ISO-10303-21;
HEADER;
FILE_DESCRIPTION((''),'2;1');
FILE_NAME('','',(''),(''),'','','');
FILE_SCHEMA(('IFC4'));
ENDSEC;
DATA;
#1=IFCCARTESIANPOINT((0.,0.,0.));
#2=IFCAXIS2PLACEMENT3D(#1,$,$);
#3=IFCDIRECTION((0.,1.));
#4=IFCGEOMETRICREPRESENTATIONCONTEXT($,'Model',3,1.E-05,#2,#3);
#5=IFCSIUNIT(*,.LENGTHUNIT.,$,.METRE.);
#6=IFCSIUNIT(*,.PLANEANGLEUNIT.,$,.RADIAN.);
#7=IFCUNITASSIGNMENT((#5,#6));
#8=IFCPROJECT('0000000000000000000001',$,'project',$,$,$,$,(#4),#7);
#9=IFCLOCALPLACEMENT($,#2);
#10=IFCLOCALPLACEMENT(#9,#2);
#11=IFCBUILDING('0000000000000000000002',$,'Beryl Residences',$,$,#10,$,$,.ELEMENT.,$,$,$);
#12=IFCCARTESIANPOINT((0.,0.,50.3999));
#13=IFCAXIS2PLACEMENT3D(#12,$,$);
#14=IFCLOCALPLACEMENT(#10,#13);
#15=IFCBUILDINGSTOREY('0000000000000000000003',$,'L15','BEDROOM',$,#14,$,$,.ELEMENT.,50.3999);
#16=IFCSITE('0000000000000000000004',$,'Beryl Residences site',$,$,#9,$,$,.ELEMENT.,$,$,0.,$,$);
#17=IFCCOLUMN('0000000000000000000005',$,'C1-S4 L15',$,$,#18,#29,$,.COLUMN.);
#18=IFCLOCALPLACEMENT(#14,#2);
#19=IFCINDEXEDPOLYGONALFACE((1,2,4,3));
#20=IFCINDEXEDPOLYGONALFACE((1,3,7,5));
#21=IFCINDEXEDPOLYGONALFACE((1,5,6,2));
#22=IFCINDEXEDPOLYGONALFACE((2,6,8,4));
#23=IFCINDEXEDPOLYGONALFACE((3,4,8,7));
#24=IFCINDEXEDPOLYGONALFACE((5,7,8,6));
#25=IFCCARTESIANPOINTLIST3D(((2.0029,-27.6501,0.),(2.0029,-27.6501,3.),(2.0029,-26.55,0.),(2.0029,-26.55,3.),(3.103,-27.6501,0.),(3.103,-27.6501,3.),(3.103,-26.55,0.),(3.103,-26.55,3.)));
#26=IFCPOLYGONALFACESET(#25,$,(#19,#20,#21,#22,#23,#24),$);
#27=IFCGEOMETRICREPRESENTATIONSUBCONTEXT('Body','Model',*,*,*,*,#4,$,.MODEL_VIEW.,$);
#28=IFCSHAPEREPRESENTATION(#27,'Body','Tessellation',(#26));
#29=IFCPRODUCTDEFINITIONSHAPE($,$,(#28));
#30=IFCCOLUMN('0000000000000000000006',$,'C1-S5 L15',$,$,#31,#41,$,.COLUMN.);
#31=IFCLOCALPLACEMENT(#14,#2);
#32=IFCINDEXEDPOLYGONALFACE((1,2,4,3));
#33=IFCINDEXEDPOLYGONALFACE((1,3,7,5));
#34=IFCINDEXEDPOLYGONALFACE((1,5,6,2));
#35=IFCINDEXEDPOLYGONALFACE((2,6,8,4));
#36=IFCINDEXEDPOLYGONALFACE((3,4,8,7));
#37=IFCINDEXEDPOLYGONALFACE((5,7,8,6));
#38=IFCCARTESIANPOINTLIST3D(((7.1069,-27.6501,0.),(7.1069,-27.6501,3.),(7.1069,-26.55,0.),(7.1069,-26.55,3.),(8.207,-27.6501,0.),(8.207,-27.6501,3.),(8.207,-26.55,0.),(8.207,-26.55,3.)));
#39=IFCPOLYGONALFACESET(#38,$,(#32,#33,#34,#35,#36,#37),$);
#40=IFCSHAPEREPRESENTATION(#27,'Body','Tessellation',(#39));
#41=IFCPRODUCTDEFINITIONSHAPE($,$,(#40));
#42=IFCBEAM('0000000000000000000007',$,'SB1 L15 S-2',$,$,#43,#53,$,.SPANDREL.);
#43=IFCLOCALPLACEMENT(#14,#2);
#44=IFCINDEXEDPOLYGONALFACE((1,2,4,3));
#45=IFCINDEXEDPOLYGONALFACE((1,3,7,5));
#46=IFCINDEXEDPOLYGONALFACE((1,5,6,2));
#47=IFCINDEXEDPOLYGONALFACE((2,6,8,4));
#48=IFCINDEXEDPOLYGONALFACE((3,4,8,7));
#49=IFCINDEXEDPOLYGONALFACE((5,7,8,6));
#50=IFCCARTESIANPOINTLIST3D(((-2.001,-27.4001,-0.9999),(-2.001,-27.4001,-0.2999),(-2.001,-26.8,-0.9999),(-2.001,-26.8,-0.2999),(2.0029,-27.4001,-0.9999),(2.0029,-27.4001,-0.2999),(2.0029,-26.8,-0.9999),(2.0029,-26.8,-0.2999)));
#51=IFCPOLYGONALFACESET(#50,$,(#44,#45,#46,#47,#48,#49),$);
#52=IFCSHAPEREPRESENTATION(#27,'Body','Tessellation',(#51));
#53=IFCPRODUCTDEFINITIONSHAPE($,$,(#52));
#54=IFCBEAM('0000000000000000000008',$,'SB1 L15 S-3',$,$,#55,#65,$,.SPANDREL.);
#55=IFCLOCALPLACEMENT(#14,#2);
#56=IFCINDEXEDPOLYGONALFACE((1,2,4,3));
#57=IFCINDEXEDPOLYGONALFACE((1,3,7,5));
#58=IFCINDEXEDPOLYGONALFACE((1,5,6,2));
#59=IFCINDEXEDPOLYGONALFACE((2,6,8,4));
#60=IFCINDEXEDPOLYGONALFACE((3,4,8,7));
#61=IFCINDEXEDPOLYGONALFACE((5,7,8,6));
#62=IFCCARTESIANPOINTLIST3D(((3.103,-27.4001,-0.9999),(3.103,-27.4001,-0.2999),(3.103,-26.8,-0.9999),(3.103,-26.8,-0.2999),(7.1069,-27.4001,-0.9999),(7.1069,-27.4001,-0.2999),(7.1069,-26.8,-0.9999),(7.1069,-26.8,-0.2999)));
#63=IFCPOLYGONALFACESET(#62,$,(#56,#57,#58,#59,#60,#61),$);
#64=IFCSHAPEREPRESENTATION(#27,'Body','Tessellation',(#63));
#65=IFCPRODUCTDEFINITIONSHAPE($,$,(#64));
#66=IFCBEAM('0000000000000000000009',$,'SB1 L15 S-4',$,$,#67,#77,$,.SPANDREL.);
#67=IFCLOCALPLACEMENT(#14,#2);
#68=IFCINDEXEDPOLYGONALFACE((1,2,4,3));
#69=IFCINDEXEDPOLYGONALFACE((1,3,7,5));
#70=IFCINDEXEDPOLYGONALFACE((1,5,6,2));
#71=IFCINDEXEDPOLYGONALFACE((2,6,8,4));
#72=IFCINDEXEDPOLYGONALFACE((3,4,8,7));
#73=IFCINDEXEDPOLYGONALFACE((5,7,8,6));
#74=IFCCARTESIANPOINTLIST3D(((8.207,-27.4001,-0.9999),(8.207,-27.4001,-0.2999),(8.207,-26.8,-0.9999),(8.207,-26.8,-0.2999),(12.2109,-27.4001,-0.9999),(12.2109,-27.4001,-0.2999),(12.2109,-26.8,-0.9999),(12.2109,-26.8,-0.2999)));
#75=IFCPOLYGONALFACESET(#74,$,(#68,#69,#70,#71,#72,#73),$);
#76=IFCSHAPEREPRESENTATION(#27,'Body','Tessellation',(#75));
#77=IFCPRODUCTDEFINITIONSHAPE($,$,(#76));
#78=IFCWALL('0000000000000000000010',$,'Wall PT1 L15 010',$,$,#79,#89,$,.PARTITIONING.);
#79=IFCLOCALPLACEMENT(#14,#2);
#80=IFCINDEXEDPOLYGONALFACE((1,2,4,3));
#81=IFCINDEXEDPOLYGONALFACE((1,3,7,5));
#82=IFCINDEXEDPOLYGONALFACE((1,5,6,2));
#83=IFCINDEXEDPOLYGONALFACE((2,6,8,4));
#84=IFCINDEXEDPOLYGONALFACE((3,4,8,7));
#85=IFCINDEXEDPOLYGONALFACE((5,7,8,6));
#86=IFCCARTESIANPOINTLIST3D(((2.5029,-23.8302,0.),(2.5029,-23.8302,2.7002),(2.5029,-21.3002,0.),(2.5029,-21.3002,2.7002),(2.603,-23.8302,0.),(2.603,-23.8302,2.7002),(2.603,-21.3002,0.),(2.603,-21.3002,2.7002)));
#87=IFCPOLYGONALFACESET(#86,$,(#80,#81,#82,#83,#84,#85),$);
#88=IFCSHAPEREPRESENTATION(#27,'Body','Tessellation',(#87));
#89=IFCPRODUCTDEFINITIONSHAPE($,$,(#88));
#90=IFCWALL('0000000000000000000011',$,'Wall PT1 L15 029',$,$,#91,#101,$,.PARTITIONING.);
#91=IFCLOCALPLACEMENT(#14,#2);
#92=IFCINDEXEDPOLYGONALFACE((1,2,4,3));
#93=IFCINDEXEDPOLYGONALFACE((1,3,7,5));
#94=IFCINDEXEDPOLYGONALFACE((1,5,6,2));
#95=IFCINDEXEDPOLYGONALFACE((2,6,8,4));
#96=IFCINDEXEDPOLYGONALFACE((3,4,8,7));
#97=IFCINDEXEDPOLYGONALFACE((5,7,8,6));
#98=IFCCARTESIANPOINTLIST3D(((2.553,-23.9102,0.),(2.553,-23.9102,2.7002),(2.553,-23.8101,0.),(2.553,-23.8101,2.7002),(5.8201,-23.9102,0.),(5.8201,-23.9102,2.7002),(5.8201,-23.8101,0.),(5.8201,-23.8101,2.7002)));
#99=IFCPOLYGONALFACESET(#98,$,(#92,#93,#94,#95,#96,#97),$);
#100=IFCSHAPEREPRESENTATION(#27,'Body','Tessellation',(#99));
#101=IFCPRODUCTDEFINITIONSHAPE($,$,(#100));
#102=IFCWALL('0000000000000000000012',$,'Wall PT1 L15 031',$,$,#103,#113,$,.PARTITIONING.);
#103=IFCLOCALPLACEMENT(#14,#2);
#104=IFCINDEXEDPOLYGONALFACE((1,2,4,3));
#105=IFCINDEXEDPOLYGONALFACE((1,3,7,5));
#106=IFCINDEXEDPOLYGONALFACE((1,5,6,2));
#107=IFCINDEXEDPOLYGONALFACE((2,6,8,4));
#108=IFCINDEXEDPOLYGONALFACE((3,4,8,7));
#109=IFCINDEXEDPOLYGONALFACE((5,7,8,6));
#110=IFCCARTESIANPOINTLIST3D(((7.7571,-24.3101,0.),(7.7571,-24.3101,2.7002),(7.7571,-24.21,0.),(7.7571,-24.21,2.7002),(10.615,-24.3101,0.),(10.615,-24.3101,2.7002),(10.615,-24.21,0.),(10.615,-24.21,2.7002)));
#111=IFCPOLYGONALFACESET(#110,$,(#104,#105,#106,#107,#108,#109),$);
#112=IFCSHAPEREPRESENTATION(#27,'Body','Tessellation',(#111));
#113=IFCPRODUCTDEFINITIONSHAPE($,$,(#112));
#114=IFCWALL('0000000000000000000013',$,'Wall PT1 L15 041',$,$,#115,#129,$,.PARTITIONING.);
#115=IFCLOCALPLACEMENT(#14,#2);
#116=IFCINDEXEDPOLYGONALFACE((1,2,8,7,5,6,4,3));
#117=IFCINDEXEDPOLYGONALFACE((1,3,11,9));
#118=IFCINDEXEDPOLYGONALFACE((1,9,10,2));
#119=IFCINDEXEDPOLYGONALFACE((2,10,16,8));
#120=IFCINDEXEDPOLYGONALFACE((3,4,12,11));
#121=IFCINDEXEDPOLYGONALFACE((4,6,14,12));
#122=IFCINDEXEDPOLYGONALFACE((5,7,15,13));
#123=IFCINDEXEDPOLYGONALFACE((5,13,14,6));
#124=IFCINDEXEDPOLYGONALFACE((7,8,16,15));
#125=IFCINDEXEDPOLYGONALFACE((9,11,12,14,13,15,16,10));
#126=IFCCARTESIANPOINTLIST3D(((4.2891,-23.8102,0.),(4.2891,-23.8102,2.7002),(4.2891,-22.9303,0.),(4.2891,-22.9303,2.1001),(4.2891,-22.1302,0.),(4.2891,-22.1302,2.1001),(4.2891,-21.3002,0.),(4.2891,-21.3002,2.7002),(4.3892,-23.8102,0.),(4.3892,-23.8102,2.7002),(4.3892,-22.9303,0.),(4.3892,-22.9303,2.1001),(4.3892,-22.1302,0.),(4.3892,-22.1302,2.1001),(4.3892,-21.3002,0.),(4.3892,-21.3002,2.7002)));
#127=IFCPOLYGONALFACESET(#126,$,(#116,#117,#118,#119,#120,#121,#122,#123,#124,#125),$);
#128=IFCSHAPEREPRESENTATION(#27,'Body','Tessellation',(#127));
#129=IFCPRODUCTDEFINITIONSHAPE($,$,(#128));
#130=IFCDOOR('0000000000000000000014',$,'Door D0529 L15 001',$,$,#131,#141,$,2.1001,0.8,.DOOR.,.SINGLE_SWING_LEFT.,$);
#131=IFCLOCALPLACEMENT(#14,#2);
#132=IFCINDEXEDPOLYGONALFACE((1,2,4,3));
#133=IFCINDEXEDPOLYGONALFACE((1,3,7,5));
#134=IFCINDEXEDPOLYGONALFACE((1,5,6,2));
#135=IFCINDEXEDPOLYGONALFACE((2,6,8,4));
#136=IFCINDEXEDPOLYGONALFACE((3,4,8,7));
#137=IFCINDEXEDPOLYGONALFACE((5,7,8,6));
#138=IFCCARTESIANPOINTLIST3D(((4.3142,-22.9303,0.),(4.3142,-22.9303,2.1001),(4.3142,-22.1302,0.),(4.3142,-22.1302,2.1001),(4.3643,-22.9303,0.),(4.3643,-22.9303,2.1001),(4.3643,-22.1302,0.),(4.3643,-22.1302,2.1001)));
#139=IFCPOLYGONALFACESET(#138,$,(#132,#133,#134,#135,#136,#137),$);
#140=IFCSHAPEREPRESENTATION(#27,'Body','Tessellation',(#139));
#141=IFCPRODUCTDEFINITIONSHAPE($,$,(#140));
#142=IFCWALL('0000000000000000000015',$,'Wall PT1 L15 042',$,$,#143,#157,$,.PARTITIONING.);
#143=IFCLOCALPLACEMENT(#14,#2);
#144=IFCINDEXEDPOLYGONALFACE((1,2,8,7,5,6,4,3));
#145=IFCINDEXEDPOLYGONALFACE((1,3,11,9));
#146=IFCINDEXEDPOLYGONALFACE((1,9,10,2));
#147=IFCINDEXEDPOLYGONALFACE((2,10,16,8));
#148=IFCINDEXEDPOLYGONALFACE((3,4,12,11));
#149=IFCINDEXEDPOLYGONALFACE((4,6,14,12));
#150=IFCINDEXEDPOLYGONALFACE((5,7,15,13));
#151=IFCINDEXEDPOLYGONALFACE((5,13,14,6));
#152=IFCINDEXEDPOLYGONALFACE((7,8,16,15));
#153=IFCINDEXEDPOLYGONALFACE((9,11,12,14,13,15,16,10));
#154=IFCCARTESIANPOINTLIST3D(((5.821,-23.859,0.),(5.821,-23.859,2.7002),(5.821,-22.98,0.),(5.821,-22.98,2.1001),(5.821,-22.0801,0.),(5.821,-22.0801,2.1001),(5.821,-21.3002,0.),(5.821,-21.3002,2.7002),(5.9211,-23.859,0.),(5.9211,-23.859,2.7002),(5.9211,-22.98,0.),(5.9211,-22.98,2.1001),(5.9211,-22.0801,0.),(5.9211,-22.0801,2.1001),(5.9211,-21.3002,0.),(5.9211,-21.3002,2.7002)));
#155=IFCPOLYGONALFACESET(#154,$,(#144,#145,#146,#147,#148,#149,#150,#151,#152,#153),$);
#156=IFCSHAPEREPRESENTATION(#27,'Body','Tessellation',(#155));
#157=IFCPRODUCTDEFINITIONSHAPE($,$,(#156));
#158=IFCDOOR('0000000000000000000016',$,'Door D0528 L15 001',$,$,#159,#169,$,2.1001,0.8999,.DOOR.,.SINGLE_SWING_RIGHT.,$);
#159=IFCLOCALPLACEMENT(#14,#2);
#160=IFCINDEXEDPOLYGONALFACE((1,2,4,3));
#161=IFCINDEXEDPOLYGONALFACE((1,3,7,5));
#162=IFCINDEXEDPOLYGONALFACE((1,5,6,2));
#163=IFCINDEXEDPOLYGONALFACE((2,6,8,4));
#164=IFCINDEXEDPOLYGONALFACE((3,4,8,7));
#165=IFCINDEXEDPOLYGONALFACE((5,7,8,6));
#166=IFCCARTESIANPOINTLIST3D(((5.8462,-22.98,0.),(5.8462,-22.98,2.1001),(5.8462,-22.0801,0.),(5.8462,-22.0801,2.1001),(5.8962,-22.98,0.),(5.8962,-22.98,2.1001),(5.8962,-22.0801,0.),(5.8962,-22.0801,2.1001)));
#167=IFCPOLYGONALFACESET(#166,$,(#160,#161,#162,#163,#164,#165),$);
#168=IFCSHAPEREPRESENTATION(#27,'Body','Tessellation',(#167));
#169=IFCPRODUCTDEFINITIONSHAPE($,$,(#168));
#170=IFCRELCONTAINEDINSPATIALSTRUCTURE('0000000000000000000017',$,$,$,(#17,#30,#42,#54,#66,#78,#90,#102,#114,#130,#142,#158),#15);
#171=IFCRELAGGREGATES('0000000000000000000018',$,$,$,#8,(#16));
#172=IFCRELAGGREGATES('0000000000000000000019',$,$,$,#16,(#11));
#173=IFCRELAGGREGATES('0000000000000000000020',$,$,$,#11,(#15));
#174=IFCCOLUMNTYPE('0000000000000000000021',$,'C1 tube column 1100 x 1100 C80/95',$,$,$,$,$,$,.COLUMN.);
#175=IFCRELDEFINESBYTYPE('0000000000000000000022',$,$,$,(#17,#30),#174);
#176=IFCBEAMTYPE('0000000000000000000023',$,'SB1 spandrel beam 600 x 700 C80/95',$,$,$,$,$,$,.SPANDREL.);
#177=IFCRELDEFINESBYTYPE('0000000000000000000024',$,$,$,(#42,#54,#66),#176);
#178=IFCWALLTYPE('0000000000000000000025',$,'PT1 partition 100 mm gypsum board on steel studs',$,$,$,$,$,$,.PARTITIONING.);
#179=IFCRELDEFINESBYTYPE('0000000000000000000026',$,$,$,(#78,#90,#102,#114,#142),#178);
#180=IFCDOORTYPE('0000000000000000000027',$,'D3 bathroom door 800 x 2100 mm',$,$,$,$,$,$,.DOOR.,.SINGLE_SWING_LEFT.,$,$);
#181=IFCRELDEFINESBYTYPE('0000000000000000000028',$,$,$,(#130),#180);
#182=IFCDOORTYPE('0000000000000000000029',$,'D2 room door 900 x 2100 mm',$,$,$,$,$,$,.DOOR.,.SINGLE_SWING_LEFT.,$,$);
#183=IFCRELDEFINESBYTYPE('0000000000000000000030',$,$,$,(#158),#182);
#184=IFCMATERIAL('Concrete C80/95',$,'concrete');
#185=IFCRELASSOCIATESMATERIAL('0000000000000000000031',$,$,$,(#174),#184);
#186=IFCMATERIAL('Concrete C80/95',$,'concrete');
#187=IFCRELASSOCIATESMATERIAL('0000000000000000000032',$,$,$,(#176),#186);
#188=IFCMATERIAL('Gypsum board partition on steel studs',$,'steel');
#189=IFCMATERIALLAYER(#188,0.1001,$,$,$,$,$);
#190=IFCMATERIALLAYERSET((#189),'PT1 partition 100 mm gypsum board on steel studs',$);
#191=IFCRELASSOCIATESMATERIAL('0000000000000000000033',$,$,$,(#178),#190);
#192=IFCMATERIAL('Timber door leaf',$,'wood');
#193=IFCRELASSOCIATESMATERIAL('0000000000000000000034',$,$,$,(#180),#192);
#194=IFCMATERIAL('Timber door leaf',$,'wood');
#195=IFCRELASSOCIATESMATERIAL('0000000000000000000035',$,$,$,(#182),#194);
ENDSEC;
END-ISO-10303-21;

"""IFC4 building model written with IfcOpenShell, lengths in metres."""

from ifc_helpers import new_model, si_unit, direction, frame, frame_2d, origin, origin_2d, place, context, subcontext, project, spatial, rectangle, extrude, material, layer, layer_set, material_profile, profile_set, type_object, element, fill, save


model = new_model("IFC4")

# Units and contexts
model_context = context("Model", 3, precision=1e-05, world=origin(), true_north=direction((0.0, 1.0)))
body_context = subcontext(model_context, "Body", "Model", "MODEL_VIEW")
ifc_project = project(units=[si_unit("LENGTHUNIT", "METRE"), si_unit("PLANEANGLEUNIT", "RADIAN")], contexts=[model_context])

# Site, building, storey
site_placement = place(None, origin())
site = spatial("IfcSite", under=ifc_project, at=site_placement, Name="Beryl Residences site", CompositionType="ELEMENT", RefElevation=0.0)
building_placement = place(site_placement, origin())
building = spatial("IfcBuilding", under=site, at=building_placement, Name="Beryl Residences", CompositionType="ELEMENT")
storey_placement = place(building_placement, frame((0.0, 0.0, 50.3999)))
storey = spatial("IfcBuildingStorey", under=building, at=storey_placement, Name="L15", Description="BEDROOM", CompositionType="ELEMENT", Elevation=50.3999)

# Columns
ifc_material_1 = material(Name="Concrete C80/95", Category="concrete")
ifc_material_profile_1 = material_profile(ifc_material_1, rectangle(XDim=1.1001, YDim=1.1001, at=origin_2d()))
ifc_profile_set_1 = profile_set([ifc_material_profile_1], Name="Concrete C80/95")
column_type = type_object("IfcColumnType", Name="C1 tube column 1100 x 1100 C80/95", PredefinedType="COLUMN", material=ifc_profile_set_1)
for number, where, z_axis, x_axis, name in (
    (1, (2.553, -27.1001, 0.0), (0.0, 0.0, 1.0), (1.0, 0.0, 0.0), "C1-S4 L15"),
    (2, (7.657, -27.1001, 0.0), (0.0, 0.0, 1.0), (1.0, 0.0, 0.0), "C1-S5 L15"),
):
    element("IfcColumn", number, at=place(storey_placement, frame(where, z_axis=z_axis, x_axis=x_axis)), inside=storey, type_object=column_type, Name=name, PredefinedType="COLUMN", context=body_context, shape_type="SweptSolid", body=[
        extrude(rectangle(XDim=1.1001, YDim=1.1001, at=origin_2d()), origin(), (0.0, 0.0, 1.0), 3.0),
    ])

# Beams
ifc_material_2 = material(Name="Concrete C80/95", Category="concrete")
ifc_material_profile_2 = material_profile(ifc_material_2, rectangle(XDim=0.6001, YDim=0.7, at=origin_2d()))
ifc_profile_set_2 = profile_set([ifc_material_profile_2], Name="Concrete C80/95")
beam_type = type_object("IfcBeamType", Name="SB1 spandrel beam 600 x 700 C80/95", PredefinedType="SPANDREL", material=ifc_profile_set_2)
for number, where, z_axis, x_axis, name in (
    (3, (-2.001, -27.1001, -0.6499), (1.0, 0.0, 0.0), (0.0, 1.0, 0.0), "SB1 L15 S-2"),
    (4, (3.103, -27.1001, -0.6499), (1.0, 0.0, 0.0), (0.0, 1.0, 0.0), "SB1 L15 S-3"),
    (5, (8.207, -27.1001, -0.6499), (1.0, 0.0, 0.0), (0.0, 1.0, 0.0), "SB1 L15 S-4"),
):
    element("IfcBeam", number, at=place(storey_placement, frame(where, z_axis=z_axis, x_axis=x_axis)), inside=storey, type_object=beam_type, Name=name, PredefinedType="SPANDREL", context=body_context, shape_type="SweptSolid", body=[
        extrude(rectangle(XDim=0.6001, YDim=0.7, at=origin_2d()), origin(), (0.0, 0.0, 1.0), 4.0039),
    ])

# Walls
ifc_material_3 = material(Name="Gypsum board partition on steel studs", Category="steel")
ifc_layer_1 = layer(ifc_material_3, 0.1001)
ifc_layer_set_1 = layer_set([ifc_layer_1], Name="PT1 partition 100 mm gypsum board on steel studs")
wall_type_1 = type_object("IfcWallType", Name="PT1 partition 100 mm gypsum board on steel studs", PredefinedType="PARTITIONING", material=ifc_layer_set_1)
wall_1_placement = place(storey_placement, frame((2.553, -21.3, 0.0), z_axis=(0.0, 0.0, 1.0), x_axis=(0.0, -1.0, 0.0)))
element("IfcWall", 6, at=wall_1_placement, inside=storey, type_object=wall_type_1, Name="Wall PT1 L15 010", PredefinedType="PARTITIONING", context=body_context, shape_type="SweptSolid", body=[
    extrude(rectangle(XDim=2.53, YDim=0.1001, at=frame_2d((1.2651, 0.0))), origin(), (0.0, 0.0, 1.0), 2.7002),
])
wall_2_placement = place(storey_placement, frame((2.553, -23.8601, 0.0), z_axis=(0.0, 0.0, 1.0), x_axis=(1.0, 0.0, 0.0)))
element("IfcWall", 7, at=wall_2_placement, inside=storey, type_object=wall_type_1, Name="Wall PT1 L15 029", PredefinedType="PARTITIONING", context=body_context, shape_type="SweptSolid", body=[
    extrude(rectangle(XDim=3.2671, YDim=0.1001, at=frame_2d((1.6335, 0.0))), origin(), (0.0, 0.0, 1.0), 2.7002),
])
wall_3_placement = place(storey_placement, frame((7.7571, -24.26, 0.0), z_axis=(0.0, 0.0, 1.0), x_axis=(1.0, 0.0, 0.0)))
element("IfcWall", 8, at=wall_3_placement, inside=storey, type_object=wall_type_1, Name="Wall PT1 L15 031", PredefinedType="PARTITIONING", context=body_context, shape_type="SweptSolid", body=[
    extrude(rectangle(XDim=2.8579, YDim=0.1001, at=frame_2d((1.429, 0.0))), origin(), (0.0, 0.0, 1.0), 2.7002),
])

# Walls, openings, doors
wall_4_placement = place(storey_placement, frame((4.3391, -23.8101, 0.0), z_axis=(0.0, 0.0, 1.0), x_axis=(0.0, 1.0, 0.0)))
wall_4 = element("IfcWall", 9, at=wall_4_placement, inside=storey, type_object=wall_type_1, Name="Wall PT1 L15 041", PredefinedType="PARTITIONING", context=body_context, shape_type="SweptSolid", body=[
    extrude(rectangle(XDim=2.51, YDim=0.1001, at=frame_2d((1.2549, 0.0))), origin(), (0.0, 0.0, 1.0), 2.7002),
])
opening_1_placement = place(wall_4_placement, frame((0.8799, 0.0, 0.0)))
opening_1 = element("IfcOpeningElement", 10, at=opening_1_placement, cuts=wall_4, PredefinedType="OPENING", context=body_context, shape_type="SweptSolid", body=[
    extrude(rectangle(XDim=0.8, YDim=2.1001, at=frame_2d((0.3999, 1.05))), frame((0.0, 0.0601, 0.0), z_axis=(0.0, -1.0, 0.0), x_axis=(1.0, 0.0, 0.0)), (0.0, 0.0, 1.0), 0.1201),
])
ifc_material_4 = material(Name="Timber door leaf", Category="wood")
door_type_1 = type_object("IfcDoorType", Name="D3 bathroom door 800 x 2100 mm", OperationType="SINGLE_SWING_LEFT", PredefinedType="DOOR", material=ifc_material_4)
door_1_placement = place(opening_1_placement, origin())
door_1 = element("IfcDoor", 11, at=door_1_placement, inside=storey, type_object=door_type_1, Name="Door D0529 L15 001", OperationType="SINGLE_SWING_LEFT", OverallHeight=2.1001, OverallWidth=0.8, PredefinedType="DOOR", context=body_context, shape_type="SweptSolid", body=[
    extrude(rectangle(XDim=0.8, YDim=2.1001, at=frame_2d((0.3999, 1.05))), frame((0.0, 0.0249, 0.0), z_axis=(0.0, -1.0, 0.0), x_axis=(1.0, 0.0, 0.0)), (0.0, 0.0, 1.0), 0.05),
])
fill(opening_1, door_1)
wall_5_placement = place(storey_placement, frame((5.8711, -23.8589, 0.0), z_axis=(0.0, 0.0, 1.0), x_axis=(0.0, 1.0, 0.0)))
wall_5 = element("IfcWall", 12, at=wall_5_placement, inside=storey, type_object=wall_type_1, Name="Wall PT1 L15 042", PredefinedType="PARTITIONING", context=body_context, shape_type="SweptSolid", body=[
    extrude(rectangle(XDim=2.5588, YDim=0.1001, at=frame_2d((1.2793, 0.0))), origin(), (0.0, 0.0, 1.0), 2.7002),
])
opening_2_placement = place(wall_5_placement, frame((0.8789, 0.0, 0.0)))
opening_2 = element("IfcOpeningElement", 13, at=opening_2_placement, cuts=wall_5, PredefinedType="OPENING", context=body_context, shape_type="SweptSolid", body=[
    extrude(rectangle(XDim=0.8999, YDim=2.1001, at=frame_2d((0.45, 1.05))), frame((0.0, 0.0601, 0.0), z_axis=(0.0, -1.0, 0.0), x_axis=(1.0, 0.0, 0.0)), (0.0, 0.0, 1.0), 0.1201),
])
ifc_material_5 = material(Name="Timber door leaf", Category="wood")
door_type_2 = type_object("IfcDoorType", Name="D2 room door 900 x 2100 mm", OperationType="SINGLE_SWING_LEFT", PredefinedType="DOOR", material=ifc_material_5)
door_2_placement = place(opening_2_placement, origin())
door_2 = element("IfcDoor", 14, at=door_2_placement, inside=storey, type_object=door_type_2, Name="Door D0528 L15 001", OperationType="SINGLE_SWING_RIGHT", OverallHeight=2.1001, OverallWidth=0.8999, PredefinedType="DOOR", context=body_context, shape_type="SweptSolid", body=[
    extrude(rectangle(XDim=0.8999, YDim=2.1001, at=frame_2d((0.45, 1.05))), frame((0.0, 0.0249, 0.0), z_axis=(0.0, -1.0, 0.0), x_axis=(1.0, 0.0, 0.0)), (0.0, 0.0, 1.0), 0.05),
])
fill(opening_2, door_2)

save(model, "model.ifc")
